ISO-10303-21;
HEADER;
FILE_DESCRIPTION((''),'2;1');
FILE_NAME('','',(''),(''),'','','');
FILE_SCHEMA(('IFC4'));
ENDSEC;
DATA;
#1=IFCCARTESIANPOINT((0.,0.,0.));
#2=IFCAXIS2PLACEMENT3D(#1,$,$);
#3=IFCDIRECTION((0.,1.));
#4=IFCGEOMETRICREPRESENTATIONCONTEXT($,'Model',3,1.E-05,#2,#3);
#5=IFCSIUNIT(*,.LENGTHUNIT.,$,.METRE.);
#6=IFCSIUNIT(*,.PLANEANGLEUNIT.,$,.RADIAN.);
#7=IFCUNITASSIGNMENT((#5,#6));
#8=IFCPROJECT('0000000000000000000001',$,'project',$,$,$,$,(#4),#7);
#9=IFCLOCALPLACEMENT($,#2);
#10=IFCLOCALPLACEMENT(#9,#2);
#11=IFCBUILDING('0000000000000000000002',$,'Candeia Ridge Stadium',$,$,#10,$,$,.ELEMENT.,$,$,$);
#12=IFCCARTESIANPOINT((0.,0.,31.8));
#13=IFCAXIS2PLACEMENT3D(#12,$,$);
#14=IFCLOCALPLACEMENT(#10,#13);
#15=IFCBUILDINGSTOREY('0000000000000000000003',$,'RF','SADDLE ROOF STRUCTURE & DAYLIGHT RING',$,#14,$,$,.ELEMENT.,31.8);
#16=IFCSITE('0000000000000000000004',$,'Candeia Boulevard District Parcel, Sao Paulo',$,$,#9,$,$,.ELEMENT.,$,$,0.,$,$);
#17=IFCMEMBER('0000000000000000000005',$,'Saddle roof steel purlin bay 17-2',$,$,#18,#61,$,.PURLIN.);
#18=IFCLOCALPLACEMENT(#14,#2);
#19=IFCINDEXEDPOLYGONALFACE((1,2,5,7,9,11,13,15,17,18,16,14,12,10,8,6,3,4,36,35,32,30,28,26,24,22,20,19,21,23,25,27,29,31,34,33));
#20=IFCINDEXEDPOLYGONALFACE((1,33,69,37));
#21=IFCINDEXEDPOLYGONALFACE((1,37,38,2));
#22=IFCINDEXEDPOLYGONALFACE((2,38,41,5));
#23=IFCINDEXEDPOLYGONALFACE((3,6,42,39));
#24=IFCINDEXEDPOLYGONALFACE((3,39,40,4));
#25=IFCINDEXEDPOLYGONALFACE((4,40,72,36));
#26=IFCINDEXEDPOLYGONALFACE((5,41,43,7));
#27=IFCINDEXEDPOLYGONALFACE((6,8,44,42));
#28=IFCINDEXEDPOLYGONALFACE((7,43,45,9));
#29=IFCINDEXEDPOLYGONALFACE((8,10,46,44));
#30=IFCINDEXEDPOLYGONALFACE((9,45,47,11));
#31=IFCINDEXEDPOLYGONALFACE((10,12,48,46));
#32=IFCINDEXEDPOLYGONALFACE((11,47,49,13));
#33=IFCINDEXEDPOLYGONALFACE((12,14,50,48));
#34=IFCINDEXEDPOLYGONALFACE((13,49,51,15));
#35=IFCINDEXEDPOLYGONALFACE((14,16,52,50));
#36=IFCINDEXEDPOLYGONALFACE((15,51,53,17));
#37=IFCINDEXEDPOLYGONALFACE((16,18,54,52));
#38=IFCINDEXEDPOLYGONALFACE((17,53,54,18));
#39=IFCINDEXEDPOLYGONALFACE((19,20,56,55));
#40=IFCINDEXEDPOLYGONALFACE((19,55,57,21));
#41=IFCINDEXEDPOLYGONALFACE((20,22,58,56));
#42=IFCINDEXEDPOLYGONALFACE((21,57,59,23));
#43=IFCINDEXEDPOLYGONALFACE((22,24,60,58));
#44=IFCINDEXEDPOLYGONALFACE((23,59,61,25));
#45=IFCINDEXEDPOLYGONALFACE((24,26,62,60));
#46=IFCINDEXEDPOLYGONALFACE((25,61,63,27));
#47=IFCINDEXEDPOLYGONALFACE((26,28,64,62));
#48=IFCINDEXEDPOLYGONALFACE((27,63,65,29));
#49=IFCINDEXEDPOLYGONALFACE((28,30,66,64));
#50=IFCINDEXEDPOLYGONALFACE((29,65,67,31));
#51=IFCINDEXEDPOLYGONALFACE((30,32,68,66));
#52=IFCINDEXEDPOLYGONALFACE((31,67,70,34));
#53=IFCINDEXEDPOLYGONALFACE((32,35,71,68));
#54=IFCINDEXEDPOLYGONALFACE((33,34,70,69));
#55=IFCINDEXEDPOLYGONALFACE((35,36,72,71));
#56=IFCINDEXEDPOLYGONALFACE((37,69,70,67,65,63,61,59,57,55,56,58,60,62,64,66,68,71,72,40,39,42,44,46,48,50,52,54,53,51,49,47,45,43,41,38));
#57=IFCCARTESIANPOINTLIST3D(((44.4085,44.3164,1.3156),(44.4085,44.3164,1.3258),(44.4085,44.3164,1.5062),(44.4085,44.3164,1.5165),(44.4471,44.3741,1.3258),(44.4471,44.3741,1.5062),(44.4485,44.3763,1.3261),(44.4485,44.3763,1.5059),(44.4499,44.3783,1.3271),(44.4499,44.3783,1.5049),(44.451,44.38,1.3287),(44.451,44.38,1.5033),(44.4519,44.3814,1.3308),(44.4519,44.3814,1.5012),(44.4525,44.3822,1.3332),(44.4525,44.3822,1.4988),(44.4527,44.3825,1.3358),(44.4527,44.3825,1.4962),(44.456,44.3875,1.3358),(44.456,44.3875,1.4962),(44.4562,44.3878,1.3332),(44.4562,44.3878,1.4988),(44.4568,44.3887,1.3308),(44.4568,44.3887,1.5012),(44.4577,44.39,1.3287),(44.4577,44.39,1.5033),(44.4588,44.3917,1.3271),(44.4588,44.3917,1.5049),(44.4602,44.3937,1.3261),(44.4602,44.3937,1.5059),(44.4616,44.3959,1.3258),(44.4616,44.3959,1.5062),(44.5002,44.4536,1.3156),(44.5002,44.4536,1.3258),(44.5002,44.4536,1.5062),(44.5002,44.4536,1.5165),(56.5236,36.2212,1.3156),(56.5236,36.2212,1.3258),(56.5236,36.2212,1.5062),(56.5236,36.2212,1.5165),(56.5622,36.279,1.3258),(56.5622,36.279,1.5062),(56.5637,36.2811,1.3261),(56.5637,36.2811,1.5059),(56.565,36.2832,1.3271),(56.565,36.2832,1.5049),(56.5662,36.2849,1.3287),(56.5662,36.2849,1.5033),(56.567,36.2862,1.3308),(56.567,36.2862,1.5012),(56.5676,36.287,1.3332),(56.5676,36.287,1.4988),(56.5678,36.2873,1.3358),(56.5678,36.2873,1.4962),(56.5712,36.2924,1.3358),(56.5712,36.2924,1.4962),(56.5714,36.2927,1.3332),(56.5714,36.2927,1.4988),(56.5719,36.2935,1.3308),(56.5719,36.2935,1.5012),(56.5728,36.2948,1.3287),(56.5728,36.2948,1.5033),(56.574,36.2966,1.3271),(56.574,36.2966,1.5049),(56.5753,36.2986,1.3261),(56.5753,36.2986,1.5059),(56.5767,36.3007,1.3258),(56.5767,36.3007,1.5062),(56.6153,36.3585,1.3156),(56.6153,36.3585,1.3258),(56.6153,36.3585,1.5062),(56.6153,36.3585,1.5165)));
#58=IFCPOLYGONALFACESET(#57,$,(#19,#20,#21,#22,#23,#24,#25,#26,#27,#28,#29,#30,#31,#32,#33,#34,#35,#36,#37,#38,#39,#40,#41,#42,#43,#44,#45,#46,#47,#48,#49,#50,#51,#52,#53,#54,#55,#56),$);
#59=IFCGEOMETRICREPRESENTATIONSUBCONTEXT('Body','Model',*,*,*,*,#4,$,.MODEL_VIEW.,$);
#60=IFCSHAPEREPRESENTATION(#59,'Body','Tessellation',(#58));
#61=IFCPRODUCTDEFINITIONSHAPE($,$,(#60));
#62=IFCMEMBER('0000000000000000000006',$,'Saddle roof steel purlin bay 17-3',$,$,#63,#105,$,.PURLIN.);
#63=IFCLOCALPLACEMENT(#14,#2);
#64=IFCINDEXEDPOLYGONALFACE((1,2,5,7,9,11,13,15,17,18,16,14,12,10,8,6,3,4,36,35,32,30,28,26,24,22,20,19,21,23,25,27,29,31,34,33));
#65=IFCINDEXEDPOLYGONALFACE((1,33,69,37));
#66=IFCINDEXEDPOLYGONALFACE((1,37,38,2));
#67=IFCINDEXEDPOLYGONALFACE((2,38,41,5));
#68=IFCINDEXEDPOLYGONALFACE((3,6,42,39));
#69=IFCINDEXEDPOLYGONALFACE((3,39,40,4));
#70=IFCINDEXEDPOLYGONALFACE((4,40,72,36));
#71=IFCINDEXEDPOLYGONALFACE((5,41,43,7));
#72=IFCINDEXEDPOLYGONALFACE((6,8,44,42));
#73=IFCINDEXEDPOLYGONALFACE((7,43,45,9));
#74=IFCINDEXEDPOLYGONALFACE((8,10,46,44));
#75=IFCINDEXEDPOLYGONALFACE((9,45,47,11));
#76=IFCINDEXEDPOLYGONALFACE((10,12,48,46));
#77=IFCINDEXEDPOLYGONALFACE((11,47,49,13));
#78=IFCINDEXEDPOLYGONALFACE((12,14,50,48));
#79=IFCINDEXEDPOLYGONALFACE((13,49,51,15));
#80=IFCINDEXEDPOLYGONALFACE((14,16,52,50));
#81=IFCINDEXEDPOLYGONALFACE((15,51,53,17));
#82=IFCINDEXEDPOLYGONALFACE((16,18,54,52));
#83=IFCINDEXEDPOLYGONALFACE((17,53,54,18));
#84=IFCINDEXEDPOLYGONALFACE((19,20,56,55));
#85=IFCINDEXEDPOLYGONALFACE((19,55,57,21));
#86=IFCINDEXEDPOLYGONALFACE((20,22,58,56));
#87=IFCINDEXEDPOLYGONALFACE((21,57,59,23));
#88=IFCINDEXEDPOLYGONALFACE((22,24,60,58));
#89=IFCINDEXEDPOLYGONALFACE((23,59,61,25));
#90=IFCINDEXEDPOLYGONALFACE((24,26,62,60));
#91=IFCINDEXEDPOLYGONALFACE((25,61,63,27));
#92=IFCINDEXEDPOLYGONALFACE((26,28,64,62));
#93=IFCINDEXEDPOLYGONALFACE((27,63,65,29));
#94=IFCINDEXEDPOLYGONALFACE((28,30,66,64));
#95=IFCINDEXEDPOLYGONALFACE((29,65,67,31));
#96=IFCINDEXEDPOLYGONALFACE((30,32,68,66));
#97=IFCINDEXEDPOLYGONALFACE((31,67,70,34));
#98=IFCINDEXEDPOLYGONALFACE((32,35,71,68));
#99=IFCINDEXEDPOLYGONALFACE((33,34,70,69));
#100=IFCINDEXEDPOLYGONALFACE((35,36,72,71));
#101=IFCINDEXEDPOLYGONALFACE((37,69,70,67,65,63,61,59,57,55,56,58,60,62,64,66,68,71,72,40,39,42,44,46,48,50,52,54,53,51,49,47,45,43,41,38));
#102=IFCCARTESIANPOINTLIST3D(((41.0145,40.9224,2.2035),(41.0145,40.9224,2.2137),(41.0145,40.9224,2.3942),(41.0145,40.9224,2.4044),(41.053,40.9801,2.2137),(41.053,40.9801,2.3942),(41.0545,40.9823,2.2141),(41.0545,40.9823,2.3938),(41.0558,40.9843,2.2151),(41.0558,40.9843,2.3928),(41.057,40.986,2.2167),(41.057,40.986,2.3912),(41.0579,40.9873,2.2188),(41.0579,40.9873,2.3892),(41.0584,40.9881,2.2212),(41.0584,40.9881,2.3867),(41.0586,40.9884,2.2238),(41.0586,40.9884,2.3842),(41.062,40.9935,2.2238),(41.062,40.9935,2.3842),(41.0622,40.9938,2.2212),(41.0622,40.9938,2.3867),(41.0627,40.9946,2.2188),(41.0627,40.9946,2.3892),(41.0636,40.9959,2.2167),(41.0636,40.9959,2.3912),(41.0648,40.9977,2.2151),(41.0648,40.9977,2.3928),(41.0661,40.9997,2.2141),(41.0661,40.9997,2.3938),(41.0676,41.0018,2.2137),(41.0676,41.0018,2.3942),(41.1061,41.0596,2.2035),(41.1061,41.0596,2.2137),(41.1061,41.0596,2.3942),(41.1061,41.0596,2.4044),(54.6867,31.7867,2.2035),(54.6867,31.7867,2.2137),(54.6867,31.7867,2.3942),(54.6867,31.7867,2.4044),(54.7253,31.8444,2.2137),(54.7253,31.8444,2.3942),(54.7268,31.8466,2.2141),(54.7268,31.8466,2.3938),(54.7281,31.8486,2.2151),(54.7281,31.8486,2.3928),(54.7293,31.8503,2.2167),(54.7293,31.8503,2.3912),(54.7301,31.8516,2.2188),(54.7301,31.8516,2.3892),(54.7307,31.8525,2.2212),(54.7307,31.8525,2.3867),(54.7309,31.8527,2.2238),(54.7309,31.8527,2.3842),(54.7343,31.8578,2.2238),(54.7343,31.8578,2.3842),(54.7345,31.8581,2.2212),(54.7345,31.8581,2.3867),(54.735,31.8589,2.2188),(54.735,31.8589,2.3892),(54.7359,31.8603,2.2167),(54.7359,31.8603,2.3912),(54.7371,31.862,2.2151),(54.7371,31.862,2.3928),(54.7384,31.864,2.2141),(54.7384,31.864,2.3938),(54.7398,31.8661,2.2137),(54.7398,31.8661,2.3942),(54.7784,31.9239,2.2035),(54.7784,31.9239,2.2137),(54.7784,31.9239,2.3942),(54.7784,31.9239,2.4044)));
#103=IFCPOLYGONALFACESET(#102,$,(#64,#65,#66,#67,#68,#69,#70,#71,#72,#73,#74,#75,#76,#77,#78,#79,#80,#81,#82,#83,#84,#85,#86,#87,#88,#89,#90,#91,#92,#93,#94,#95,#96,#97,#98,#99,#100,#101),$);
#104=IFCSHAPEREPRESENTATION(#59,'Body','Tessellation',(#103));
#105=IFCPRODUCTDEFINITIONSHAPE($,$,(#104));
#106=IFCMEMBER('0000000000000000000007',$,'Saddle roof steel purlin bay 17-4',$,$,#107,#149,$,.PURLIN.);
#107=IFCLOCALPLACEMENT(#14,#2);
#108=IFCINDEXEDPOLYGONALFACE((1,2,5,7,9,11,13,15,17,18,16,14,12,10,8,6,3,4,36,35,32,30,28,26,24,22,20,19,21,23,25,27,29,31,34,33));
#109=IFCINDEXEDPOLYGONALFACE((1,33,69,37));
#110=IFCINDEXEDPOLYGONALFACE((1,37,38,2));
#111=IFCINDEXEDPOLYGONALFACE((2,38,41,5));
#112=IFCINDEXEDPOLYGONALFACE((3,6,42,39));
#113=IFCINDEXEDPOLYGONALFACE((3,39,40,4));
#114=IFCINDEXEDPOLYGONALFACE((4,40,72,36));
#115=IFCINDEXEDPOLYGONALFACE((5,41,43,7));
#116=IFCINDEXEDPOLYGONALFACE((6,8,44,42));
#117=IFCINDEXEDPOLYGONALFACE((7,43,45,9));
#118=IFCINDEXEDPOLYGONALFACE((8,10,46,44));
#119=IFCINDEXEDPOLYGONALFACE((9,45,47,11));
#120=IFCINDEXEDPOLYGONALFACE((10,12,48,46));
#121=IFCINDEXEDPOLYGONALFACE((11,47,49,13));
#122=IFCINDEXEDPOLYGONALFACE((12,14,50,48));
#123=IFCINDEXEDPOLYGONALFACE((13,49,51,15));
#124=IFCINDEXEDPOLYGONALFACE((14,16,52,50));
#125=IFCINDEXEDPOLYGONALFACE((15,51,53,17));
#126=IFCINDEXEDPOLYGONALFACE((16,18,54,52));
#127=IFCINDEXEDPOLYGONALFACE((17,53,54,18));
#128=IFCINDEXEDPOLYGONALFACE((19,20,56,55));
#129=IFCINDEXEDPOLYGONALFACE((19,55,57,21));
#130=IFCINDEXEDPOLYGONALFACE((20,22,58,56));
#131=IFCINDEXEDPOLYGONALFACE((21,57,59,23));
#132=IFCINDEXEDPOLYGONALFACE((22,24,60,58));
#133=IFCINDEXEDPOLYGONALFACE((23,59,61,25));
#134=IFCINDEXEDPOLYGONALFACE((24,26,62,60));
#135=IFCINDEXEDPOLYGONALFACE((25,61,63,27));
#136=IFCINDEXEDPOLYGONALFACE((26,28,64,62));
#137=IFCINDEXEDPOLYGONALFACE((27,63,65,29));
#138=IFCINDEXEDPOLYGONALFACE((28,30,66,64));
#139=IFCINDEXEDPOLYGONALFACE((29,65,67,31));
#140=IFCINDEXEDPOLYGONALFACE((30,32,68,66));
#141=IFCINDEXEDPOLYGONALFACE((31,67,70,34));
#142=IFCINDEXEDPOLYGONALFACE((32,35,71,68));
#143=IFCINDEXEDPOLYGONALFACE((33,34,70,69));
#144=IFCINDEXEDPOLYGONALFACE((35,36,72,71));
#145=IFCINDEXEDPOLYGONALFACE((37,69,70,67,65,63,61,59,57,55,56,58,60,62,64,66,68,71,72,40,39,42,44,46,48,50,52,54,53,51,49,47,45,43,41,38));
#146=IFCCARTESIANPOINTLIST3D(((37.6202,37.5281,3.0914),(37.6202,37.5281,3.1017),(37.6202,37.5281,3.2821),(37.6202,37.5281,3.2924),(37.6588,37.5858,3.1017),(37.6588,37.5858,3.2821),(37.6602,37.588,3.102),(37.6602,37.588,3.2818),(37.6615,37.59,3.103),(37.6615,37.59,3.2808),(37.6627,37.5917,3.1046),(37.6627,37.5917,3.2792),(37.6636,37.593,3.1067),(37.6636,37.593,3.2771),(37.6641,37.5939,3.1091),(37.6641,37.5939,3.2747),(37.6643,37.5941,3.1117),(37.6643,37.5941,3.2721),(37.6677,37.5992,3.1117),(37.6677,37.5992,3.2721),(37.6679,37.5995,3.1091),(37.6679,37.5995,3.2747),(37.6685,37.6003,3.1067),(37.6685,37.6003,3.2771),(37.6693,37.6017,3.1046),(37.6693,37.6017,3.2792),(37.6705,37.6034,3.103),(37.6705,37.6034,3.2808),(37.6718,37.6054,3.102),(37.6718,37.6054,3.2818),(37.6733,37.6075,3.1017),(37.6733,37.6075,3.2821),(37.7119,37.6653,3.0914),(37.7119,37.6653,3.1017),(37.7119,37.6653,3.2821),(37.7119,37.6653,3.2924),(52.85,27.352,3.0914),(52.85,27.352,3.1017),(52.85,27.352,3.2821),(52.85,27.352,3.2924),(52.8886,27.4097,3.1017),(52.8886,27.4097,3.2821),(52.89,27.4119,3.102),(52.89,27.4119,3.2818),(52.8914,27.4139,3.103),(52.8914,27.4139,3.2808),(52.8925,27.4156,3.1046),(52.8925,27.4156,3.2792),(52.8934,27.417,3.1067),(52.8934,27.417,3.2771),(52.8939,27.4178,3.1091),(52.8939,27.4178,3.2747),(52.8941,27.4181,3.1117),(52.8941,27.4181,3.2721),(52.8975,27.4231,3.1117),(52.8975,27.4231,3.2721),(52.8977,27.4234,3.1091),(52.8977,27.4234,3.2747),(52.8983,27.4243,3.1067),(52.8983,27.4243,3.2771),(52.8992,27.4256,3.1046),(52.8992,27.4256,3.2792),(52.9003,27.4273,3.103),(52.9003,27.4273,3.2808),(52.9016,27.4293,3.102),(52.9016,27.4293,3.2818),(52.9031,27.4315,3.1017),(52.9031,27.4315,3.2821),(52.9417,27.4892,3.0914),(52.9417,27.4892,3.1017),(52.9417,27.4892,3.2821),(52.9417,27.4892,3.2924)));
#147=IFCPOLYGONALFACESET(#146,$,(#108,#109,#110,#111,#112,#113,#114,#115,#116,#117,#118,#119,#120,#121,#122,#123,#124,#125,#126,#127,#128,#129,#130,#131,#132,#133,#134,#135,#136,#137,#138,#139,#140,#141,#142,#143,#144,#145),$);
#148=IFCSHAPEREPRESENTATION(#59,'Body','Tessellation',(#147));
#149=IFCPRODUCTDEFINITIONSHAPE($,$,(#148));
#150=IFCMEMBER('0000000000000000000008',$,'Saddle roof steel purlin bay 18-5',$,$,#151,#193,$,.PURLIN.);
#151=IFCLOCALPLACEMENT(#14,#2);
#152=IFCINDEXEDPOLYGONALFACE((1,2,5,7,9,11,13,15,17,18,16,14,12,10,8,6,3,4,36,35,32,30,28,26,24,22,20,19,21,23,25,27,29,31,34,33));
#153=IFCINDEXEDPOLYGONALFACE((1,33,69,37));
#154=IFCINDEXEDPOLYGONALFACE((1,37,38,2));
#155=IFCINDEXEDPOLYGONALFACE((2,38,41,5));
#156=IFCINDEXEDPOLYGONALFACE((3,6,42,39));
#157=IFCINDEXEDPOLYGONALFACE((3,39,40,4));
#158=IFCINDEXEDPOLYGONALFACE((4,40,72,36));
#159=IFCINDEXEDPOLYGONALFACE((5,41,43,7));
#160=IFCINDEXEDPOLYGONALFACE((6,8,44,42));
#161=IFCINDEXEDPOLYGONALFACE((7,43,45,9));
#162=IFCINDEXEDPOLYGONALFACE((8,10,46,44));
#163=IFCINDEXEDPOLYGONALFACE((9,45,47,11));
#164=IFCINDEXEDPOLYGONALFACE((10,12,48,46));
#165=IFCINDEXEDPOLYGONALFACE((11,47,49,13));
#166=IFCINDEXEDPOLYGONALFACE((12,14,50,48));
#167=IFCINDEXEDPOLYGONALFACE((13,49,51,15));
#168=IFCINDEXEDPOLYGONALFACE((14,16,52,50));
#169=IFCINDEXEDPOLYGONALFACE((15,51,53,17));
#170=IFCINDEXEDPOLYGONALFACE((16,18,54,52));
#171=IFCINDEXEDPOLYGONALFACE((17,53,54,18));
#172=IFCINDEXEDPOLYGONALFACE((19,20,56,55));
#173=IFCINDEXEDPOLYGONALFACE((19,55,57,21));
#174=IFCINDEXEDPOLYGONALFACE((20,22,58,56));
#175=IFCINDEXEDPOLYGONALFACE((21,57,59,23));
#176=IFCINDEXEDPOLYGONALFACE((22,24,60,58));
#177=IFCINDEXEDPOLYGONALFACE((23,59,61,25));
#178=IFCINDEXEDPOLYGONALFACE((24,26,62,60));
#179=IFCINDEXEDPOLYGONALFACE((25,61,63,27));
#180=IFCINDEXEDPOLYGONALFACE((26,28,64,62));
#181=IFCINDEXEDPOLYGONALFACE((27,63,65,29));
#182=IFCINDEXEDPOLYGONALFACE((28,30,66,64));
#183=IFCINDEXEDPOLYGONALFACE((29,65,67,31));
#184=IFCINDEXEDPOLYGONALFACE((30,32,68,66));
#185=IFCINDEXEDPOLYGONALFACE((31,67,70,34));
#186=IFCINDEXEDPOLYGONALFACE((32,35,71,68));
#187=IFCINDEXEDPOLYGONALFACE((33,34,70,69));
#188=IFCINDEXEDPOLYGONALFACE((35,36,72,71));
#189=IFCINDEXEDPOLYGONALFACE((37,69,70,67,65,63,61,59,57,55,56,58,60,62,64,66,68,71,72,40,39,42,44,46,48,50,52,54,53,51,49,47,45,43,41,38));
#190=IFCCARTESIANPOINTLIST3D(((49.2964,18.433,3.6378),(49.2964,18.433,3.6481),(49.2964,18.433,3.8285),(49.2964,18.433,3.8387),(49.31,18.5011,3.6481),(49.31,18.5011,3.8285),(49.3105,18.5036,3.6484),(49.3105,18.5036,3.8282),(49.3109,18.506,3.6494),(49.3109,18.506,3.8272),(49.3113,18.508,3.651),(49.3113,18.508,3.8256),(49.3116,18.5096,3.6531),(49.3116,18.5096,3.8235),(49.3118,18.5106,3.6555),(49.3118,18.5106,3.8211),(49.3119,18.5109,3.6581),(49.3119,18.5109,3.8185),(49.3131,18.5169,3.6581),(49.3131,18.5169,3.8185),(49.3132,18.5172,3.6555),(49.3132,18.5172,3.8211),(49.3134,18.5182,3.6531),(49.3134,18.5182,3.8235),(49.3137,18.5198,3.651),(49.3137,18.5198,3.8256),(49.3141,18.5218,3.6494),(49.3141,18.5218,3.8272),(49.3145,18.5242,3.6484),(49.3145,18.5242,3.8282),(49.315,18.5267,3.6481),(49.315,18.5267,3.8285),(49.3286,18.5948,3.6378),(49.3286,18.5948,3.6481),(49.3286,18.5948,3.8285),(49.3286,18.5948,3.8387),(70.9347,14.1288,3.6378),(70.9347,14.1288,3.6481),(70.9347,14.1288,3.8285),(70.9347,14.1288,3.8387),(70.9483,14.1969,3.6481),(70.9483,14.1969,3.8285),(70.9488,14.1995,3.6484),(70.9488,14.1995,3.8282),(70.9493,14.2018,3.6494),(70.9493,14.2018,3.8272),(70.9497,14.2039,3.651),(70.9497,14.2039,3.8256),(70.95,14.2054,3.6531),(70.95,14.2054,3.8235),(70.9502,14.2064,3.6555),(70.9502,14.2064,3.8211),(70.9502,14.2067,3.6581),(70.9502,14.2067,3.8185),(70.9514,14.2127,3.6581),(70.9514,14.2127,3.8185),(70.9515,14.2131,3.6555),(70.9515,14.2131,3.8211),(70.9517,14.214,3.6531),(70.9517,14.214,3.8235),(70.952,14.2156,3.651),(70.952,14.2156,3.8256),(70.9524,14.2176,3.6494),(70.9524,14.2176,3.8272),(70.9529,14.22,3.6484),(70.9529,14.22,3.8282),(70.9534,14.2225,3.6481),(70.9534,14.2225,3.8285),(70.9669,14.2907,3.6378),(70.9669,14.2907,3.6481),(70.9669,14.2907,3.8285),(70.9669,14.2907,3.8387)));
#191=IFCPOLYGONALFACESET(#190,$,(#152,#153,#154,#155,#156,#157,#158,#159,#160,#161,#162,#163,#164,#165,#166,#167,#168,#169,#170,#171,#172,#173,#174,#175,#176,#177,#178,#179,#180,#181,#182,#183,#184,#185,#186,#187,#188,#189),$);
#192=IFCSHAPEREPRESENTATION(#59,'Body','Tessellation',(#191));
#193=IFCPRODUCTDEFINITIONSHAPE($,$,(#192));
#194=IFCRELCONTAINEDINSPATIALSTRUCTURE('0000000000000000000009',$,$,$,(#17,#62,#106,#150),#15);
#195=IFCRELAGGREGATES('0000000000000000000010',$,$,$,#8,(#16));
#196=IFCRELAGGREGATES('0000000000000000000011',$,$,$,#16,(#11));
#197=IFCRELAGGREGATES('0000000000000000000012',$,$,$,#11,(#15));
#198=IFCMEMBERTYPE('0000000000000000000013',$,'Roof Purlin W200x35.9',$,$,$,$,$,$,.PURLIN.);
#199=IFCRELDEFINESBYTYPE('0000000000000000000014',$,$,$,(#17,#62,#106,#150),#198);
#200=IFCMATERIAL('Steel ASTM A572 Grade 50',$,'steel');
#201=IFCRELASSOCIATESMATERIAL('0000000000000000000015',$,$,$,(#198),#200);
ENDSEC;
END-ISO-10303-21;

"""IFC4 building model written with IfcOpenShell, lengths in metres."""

from ifc_helpers import new_model, si_unit, direction, frame, origin, origin_2d, place, context, subcontext, project, spatial, i_section, extrude, material, material_profile, profile_set, type_object, element, save


model = new_model("IFC4")

# Units and contexts
model_context = context("Model", 3, precision=1e-05, world=origin(), true_north=direction((0.0, 1.0)))
body_context = subcontext(model_context, "Body", "Model", "MODEL_VIEW")
ifc_project = project(units=[si_unit("LENGTHUNIT", "METRE"), si_unit("PLANEANGLEUNIT", "RADIAN")], contexts=[model_context])

# Site, building, storey
site_placement = place(None, origin())
site = spatial("IfcSite", under=ifc_project, at=site_placement, Name="Candeia Boulevard District Parcel, Sao Paulo", CompositionType="ELEMENT", RefElevation=0.0)
building_placement = place(site_placement, origin())
building = spatial("IfcBuilding", under=site, at=building_placement, Name="Candeia Ridge Stadium", CompositionType="ELEMENT")
storey_placement = place(building_placement, frame((0.0, 0.0, 31.8)))
storey = spatial("IfcBuildingStorey", under=building, at=storey_placement, Name="RF", Description="SADDLE ROOF STRUCTURE & DAYLIGHT RING", CompositionType="ELEMENT", Elevation=31.8)

# Shared definitions
ifc_material_1 = material(Name="Steel ASTM A572 Grade 50", Category="steel")

# Members
ifc_material_profile_1 = material_profile(ifc_material_1, i_section(OverallWidth=0.165, OverallDepth=0.2009, WebThickness=0.0061, FlangeThickness=0.0103, FilletRadius=0.01, at=origin_2d()), Name="W200x35.9", Category="steel")
ifc_profile_set_1 = profile_set([ifc_material_profile_1], Name="Steel ASTM A572 Grade 50")
member_type_1 = type_object("IfcMemberType", Name="Roof Purlin W200x35.9", PredefinedType="PURLIN", material=ifc_profile_set_1)
member_1_placement = place(storey_placement, frame((44.4543, 44.385, 1.416), z_axis=(0.831467, -0.555574, 0.0), x_axis=(0.555574, 0.831467, 0.0)))
element("IfcMember", 1, at=member_1_placement, inside=storey, type_object=member_type_1, Name="Saddle roof steel purlin bay 17-2", PredefinedType="PURLIN", context=body_context, shape_type="SweptSolid", body=[
    extrude(i_section(OverallWidth=0.165, OverallDepth=0.2009, WebThickness=0.0061, FlangeThickness=0.0103, FilletRadius=0.01, at=origin_2d()), origin(), (0.0, 0.0, 1.0), 14.5708),
])
member_2_placement = place(storey_placement, frame((41.0603, 40.991, 2.304), z_axis=(0.831465, -0.555577, 0.0), x_axis=(0.555577, 0.831465, 0.0)))
element("IfcMember", 2, at=member_2_placement, inside=storey, type_object=member_type_1, Name="Saddle roof steel purlin bay 17-3", PredefinedType="PURLIN", context=body_context, shape_type="SweptSolid", body=[
    extrude(i_section(OverallWidth=0.165, OverallDepth=0.2009, WebThickness=0.0061, FlangeThickness=0.0103, FilletRadius=0.01, at=origin_2d()), origin(), (0.0, 0.0, 1.0), 16.4436),
])
member_3_placement = place(storey_placement, frame((37.666, 37.5967, 3.1919), z_axis=(0.831474, -0.555564, 0.0), x_axis=(0.555564, 0.831474, 0.0)))
element("IfcMember", 3, at=member_3_placement, inside=storey, type_object=member_type_1, Name="Saddle roof steel purlin bay 17-4", PredefinedType="PURLIN", context=body_context, shape_type="SweptSolid", body=[
    extrude(i_section(OverallWidth=0.165, OverallDepth=0.2009, WebThickness=0.0061, FlangeThickness=0.0103, FilletRadius=0.01, at=origin_2d()), origin(), (0.0, 0.0, 1.0), 18.3167),
])
member_4_placement = place(storey_placement, frame((49.3125, 18.5139, 3.7383), z_axis=(0.980785, -0.195092, 0.0), x_axis=(0.195092, 0.980785, 0.0)))
element("IfcMember", 4, at=member_4_placement, inside=storey, type_object=member_type_1, Name="Saddle roof steel purlin bay 18-5", PredefinedType="PURLIN", context=body_context, shape_type="SweptSolid", body=[
    extrude(i_section(OverallWidth=0.165, OverallDepth=0.2009, WebThickness=0.0061, FlangeThickness=0.0103, FilletRadius=0.01, at=origin_2d()), origin(), (0.0, 0.0, 1.0), 22.0623),
])

save(model, "model.ifc")
